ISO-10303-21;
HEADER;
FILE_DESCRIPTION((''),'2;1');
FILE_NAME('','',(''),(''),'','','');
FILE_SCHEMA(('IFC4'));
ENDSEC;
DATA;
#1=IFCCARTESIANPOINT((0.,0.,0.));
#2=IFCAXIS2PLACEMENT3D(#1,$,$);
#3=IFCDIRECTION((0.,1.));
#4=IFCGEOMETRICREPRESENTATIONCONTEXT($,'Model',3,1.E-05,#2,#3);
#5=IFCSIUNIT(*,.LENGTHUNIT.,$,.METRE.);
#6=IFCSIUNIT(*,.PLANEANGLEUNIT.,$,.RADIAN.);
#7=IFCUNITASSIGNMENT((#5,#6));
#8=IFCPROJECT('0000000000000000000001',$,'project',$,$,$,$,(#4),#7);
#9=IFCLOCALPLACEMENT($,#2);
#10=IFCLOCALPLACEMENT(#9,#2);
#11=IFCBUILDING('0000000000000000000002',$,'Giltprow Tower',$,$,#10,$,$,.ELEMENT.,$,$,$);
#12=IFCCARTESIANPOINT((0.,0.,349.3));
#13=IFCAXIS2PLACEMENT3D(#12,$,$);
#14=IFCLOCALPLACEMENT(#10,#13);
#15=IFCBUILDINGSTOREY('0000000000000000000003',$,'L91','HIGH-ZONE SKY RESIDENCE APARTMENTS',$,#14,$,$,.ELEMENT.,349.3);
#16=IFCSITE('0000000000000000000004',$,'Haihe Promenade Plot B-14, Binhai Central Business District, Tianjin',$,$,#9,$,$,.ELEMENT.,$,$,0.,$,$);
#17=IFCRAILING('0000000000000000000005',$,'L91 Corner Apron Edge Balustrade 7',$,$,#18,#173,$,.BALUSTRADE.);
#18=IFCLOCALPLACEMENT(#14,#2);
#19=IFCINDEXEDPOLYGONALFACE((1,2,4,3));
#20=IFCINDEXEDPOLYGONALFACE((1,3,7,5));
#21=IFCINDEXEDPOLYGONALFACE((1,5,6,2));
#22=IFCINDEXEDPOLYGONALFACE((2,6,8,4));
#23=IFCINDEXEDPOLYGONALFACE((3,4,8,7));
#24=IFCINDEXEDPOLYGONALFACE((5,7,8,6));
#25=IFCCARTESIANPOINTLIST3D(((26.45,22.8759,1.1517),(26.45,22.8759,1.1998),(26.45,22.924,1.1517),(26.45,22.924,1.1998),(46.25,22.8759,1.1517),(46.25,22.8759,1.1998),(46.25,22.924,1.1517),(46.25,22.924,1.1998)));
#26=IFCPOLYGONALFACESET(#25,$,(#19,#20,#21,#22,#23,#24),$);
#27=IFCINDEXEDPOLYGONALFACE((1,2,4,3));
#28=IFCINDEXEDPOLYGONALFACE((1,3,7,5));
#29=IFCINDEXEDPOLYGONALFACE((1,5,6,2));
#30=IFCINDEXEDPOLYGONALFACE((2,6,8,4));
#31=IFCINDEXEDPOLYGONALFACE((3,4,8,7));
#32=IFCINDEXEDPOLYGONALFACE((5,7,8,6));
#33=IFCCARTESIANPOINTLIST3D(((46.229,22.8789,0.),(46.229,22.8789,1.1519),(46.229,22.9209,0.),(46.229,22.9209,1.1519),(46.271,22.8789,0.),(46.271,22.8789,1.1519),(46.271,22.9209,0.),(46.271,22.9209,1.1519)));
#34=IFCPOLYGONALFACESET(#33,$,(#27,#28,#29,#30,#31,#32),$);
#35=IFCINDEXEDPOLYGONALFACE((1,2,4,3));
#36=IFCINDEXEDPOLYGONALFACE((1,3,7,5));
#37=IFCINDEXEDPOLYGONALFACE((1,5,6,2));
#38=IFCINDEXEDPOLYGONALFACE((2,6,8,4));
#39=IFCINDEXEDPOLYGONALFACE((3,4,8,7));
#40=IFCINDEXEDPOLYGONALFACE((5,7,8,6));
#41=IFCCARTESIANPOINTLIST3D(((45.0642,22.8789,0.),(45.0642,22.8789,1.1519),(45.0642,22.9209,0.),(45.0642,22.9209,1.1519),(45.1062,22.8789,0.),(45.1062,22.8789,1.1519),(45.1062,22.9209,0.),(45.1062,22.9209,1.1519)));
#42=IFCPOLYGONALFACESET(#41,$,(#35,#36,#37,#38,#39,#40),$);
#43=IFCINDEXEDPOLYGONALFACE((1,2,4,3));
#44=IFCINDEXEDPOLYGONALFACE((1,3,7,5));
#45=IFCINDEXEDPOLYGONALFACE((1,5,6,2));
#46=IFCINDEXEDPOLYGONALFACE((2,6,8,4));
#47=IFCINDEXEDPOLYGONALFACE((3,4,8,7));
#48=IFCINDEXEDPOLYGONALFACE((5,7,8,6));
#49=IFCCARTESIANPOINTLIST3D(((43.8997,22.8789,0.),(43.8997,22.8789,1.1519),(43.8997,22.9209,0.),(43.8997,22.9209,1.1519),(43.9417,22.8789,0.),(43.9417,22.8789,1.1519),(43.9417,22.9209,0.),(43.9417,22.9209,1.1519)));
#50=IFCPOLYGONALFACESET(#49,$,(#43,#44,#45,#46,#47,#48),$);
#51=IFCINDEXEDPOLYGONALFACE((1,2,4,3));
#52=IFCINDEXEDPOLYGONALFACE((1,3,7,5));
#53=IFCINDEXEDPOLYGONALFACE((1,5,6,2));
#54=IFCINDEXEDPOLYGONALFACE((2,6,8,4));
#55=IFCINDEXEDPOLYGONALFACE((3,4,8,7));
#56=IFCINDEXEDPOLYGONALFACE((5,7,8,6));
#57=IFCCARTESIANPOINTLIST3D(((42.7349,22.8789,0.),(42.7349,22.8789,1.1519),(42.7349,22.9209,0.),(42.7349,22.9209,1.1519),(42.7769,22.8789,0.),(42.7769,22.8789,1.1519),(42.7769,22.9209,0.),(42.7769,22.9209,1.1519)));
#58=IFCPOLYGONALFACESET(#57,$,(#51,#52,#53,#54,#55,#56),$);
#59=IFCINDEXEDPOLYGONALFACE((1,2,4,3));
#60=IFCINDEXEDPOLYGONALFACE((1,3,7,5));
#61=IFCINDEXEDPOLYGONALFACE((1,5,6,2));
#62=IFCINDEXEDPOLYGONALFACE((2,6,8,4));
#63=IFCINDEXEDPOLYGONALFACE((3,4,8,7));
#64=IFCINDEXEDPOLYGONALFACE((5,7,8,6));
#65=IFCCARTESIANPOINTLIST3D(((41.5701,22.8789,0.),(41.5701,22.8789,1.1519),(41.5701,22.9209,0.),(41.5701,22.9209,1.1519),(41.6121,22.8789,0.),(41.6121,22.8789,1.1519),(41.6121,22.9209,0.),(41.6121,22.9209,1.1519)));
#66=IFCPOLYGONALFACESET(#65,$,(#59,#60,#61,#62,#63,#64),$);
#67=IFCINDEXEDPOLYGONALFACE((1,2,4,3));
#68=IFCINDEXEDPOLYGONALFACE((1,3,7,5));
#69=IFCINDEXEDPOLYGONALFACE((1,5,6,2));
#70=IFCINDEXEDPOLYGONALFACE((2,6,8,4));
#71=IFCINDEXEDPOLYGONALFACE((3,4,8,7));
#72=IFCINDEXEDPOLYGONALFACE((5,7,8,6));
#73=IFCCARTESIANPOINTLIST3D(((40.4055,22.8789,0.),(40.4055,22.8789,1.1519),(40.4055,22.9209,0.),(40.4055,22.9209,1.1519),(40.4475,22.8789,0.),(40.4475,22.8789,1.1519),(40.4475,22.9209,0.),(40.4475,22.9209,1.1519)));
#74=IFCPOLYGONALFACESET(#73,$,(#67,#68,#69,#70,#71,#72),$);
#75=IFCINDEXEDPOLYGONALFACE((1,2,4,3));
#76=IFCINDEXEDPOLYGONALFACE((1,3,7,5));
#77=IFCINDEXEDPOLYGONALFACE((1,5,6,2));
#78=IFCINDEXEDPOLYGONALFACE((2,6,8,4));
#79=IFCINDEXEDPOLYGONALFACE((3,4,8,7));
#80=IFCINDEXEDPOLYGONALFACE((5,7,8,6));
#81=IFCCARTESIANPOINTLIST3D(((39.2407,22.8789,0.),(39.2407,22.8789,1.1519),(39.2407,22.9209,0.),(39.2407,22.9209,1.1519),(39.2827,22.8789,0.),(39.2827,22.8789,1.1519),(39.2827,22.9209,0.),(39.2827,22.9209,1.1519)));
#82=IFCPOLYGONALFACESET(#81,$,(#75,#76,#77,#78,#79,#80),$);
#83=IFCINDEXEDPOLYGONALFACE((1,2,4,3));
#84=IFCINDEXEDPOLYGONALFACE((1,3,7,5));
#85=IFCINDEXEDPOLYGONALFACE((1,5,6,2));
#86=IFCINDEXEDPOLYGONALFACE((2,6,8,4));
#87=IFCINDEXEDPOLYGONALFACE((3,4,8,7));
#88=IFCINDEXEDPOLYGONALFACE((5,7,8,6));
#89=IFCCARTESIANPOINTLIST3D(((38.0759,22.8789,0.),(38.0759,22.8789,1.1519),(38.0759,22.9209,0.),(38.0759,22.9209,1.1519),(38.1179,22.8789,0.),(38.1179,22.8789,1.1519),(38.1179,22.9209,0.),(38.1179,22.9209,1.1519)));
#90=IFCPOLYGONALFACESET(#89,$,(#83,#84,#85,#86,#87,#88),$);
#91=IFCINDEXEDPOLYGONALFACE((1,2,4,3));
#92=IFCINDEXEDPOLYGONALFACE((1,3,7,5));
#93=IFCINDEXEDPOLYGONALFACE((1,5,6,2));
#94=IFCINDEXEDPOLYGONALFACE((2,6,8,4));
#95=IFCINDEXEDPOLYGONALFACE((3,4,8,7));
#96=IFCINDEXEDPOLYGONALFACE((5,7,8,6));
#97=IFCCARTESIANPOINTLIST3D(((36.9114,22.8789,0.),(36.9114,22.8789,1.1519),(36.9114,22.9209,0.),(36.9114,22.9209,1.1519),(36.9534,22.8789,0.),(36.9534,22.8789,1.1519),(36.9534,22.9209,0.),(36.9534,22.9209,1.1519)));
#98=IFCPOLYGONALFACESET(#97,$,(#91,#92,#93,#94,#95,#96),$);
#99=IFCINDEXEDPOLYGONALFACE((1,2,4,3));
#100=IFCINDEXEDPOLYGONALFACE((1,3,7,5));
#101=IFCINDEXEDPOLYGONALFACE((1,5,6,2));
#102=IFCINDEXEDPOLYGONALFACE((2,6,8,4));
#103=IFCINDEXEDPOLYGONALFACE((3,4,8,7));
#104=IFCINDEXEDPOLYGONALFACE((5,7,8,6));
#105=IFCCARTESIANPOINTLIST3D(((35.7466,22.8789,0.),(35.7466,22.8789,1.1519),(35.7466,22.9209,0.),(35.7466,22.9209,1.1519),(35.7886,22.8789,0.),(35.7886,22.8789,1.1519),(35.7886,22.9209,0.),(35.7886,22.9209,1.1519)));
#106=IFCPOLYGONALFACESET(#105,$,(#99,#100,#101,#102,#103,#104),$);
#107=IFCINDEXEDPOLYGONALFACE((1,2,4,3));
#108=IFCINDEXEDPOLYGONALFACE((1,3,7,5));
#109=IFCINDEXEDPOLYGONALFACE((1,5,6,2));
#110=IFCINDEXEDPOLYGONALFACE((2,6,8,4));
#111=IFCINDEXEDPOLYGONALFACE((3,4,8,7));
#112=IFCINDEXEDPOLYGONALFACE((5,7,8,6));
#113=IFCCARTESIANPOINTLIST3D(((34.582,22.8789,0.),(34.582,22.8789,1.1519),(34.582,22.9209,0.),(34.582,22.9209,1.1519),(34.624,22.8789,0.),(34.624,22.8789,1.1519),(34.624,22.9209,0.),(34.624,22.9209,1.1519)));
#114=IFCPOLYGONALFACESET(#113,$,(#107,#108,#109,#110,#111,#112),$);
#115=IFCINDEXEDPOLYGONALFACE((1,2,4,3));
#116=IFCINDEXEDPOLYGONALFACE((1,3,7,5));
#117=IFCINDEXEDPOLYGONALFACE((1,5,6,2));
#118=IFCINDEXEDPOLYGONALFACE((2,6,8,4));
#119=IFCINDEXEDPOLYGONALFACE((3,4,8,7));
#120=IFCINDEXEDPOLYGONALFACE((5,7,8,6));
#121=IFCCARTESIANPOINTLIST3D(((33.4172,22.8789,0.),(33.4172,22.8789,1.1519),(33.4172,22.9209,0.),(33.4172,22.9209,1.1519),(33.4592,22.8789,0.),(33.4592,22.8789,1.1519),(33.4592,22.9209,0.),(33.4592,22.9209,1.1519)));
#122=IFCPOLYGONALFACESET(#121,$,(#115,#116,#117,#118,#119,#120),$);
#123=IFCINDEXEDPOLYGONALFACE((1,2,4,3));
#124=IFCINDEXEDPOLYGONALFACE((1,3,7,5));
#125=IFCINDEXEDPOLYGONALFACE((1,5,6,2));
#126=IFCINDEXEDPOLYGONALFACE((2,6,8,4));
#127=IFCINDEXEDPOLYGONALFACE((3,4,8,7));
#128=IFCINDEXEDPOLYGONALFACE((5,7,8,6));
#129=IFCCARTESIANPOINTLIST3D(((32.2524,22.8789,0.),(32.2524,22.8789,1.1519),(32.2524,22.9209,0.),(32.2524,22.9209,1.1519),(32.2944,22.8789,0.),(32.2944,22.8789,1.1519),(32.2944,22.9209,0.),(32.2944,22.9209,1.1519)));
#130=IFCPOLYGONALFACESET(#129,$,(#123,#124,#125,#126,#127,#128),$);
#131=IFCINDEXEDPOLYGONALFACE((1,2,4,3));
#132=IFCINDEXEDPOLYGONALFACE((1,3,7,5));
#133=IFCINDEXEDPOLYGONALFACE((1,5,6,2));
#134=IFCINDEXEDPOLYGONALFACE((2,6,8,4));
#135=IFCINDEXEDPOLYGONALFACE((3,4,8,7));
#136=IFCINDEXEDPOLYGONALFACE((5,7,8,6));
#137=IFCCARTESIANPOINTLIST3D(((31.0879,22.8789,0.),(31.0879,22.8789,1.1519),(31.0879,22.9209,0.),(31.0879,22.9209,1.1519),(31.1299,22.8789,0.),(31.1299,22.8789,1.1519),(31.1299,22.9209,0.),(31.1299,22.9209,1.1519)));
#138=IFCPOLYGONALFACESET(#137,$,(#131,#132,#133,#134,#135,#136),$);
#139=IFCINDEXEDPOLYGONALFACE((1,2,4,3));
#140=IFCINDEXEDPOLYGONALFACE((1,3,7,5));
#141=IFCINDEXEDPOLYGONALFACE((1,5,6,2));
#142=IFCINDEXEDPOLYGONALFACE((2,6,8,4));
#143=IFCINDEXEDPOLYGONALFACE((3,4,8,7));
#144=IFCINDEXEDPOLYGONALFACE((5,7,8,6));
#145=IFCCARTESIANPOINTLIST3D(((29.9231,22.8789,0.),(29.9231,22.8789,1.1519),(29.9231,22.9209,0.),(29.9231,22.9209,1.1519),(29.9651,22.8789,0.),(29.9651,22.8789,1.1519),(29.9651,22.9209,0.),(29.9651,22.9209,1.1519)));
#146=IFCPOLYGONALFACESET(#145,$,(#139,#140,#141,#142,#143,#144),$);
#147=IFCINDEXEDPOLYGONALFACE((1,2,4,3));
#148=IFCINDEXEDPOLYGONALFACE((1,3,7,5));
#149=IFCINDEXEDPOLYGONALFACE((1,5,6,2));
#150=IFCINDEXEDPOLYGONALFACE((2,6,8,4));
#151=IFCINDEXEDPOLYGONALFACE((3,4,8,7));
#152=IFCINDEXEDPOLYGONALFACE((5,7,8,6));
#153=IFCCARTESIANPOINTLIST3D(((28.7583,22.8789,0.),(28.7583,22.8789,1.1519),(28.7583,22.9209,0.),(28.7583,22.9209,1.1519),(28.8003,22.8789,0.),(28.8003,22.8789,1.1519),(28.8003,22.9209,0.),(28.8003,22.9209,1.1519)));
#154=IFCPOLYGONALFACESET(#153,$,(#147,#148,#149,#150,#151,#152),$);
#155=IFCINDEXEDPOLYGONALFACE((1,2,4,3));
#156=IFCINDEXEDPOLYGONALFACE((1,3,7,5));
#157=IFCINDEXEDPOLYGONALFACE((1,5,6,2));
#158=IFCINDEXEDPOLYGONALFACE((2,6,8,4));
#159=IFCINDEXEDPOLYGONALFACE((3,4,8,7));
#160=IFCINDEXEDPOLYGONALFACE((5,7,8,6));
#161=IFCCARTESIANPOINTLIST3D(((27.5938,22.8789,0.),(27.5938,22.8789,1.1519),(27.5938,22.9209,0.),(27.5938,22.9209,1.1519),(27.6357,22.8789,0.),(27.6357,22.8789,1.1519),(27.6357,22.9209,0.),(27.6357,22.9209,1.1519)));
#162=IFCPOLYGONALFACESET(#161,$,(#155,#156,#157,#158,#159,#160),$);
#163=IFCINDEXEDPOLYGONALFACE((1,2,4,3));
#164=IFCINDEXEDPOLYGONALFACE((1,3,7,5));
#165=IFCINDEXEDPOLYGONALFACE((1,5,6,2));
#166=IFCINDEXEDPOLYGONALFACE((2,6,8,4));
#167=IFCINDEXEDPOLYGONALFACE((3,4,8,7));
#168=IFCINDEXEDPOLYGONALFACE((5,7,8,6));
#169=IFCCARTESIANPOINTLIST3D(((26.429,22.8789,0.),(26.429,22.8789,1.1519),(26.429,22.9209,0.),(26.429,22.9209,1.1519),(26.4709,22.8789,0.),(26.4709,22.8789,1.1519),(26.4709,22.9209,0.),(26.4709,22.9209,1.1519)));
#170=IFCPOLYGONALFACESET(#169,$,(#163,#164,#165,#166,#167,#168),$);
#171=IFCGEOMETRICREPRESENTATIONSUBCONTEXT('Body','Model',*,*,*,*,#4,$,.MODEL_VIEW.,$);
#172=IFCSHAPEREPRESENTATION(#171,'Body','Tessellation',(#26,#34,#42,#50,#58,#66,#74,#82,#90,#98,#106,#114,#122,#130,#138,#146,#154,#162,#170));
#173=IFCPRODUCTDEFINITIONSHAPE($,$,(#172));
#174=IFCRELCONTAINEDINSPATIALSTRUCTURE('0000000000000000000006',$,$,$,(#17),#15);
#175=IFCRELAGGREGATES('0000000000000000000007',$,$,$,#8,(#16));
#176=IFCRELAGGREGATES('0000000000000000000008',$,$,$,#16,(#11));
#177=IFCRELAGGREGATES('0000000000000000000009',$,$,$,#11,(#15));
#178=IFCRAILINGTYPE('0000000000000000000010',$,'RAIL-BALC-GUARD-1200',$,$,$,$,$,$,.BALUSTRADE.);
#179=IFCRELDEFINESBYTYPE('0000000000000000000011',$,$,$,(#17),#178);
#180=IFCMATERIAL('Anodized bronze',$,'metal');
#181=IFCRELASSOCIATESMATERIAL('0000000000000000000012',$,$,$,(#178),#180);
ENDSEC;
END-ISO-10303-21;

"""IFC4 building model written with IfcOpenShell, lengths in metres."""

from ifc_helpers import new_model, si_unit, direction, frame, origin, origin_2d, place, context, subcontext, project, spatial, rectangle, extrude, material, type_object, element, save


model = new_model("IFC4")

# Units and contexts
model_context = context("Model", 3, precision=1e-05, world=origin(), true_north=direction((0.0, 1.0)))
body_context = subcontext(model_context, "Body", "Model", "MODEL_VIEW")
ifc_project = project(units=[si_unit("LENGTHUNIT", "METRE"), si_unit("PLANEANGLEUNIT", "RADIAN")], contexts=[model_context])

# Site, building, storey
site_placement = place(None, origin())
site = spatial("IfcSite", under=ifc_project, at=site_placement, Name="Haihe Promenade Plot B-14, Binhai Central Business District, Tianjin", CompositionType="ELEMENT", RefElevation=0.0)
building_placement = place(site_placement, origin())
building = spatial("IfcBuilding", under=site, at=building_placement, Name="Giltprow Tower", CompositionType="ELEMENT")
storey_placement = place(building_placement, frame((0.0, 0.0, 349.3)))
storey = spatial("IfcBuildingStorey", under=building, at=storey_placement, Name="L91", Description="HIGH-ZONE SKY RESIDENCE APARTMENTS", CompositionType="ELEMENT", Elevation=349.3)

# Railing
ifc_material_1 = material(Name="Anodized bronze", Category="metal")
railing_type = type_object("IfcRailingType", Name="RAIL-BALC-GUARD-1200", PredefinedType="BALUSTRADE", material=ifc_material_1)
railing_1_placement = place(storey_placement, frame((46.25, 22.8999, 0.0)))
element("IfcRailing", 1, at=railing_1_placement, inside=storey, type_object=railing_type, Name="L91 Corner Apron Edge Balustrade 7", PredefinedType="BALUSTRADE", context=body_context, shape_type="SweptSolid", body=[
    extrude(rectangle(XDim=0.0481, YDim=0.0481, at=origin_2d()), frame((0.0, 0.0, 1.1758), z_axis=(-1.0, 0.0, 0.0), x_axis=(0.0, -1.0, 0.0)), (0.0, 0.0, 1.0), 19.8),
    extrude(rectangle(XDim=0.042, YDim=0.042, at=origin_2d()), origin(), (0.0, 0.0, 1.0), 1.1519),
    extrude(rectangle(XDim=0.042, YDim=0.042, at=origin_2d()), frame((-1.1648, 0.0, 0.0)), (0.0, 0.0, 1.0), 1.1519),
    extrude(rectangle(XDim=0.042, YDim=0.042, at=origin_2d()), frame((-2.3293, 0.0, 0.0)), (0.0, 0.0, 1.0), 1.1519),
    extrude(rectangle(XDim=0.042, YDim=0.042, at=origin_2d()), frame((-3.4941, 0.0, 0.0)), (0.0, 0.0, 1.0), 1.1519),
    extrude(rectangle(XDim=0.042, YDim=0.042, at=origin_2d()), frame((-4.6589, 0.0, 0.0)), (0.0, 0.0, 1.0), 1.1519),
    extrude(rectangle(XDim=0.042, YDim=0.042, at=origin_2d()), frame((-5.8235, 0.0, 0.0)), (0.0, 0.0, 1.0), 1.1519),
    extrude(rectangle(XDim=0.042, YDim=0.042, at=origin_2d()), frame((-6.9883, 0.0, 0.0)), (0.0, 0.0, 1.0), 1.1519),
    extrude(rectangle(XDim=0.042, YDim=0.042, at=origin_2d()), frame((-8.1531, 0.0, 0.0)), (0.0, 0.0, 1.0), 1.1519),
    extrude(rectangle(XDim=0.042, YDim=0.042, at=origin_2d()), frame((-9.3176, 0.0, 0.0)), (0.0, 0.0, 1.0), 1.1519),
    extrude(rectangle(XDim=0.042, YDim=0.042, at=origin_2d()), frame((-10.4824, 0.0, 0.0)), (0.0, 0.0, 1.0), 1.1519),
    extrude(rectangle(XDim=0.042, YDim=0.042, at=origin_2d()), frame((-11.647, 0.0, 0.0)), (0.0, 0.0, 1.0), 1.1519),
    extrude(rectangle(XDim=0.042, YDim=0.042, at=origin_2d()), frame((-12.8118, 0.0, 0.0)), (0.0, 0.0, 1.0), 1.1519),
    extrude(rectangle(XDim=0.042, YDim=0.042, at=origin_2d()), frame((-13.9766, 0.0, 0.0)), (0.0, 0.0, 1.0), 1.1519),
    extrude(rectangle(XDim=0.042, YDim=0.042, at=origin_2d()), frame((-15.1411, 0.0, 0.0)), (0.0, 0.0, 1.0), 1.1519),
    extrude(rectangle(XDim=0.042, YDim=0.042, at=origin_2d()), frame((-16.3059, 0.0, 0.0)), (0.0, 0.0, 1.0), 1.1519),
    extrude(rectangle(XDim=0.042, YDim=0.042, at=origin_2d()), frame((-17.4707, 0.0, 0.0)), (0.0, 0.0, 1.0), 1.1519),
    extrude(rectangle(XDim=0.042, YDim=0.042, at=origin_2d()), frame((-18.6353, 0.0, 0.0)), (0.0, 0.0, 1.0), 1.1519),
    extrude(rectangle(XDim=0.042, YDim=0.042, at=origin_2d()), frame((-19.8, 0.0, 0.0)), (0.0, 0.0, 1.0), 1.1519),
])

save(model, "model.ifc")
